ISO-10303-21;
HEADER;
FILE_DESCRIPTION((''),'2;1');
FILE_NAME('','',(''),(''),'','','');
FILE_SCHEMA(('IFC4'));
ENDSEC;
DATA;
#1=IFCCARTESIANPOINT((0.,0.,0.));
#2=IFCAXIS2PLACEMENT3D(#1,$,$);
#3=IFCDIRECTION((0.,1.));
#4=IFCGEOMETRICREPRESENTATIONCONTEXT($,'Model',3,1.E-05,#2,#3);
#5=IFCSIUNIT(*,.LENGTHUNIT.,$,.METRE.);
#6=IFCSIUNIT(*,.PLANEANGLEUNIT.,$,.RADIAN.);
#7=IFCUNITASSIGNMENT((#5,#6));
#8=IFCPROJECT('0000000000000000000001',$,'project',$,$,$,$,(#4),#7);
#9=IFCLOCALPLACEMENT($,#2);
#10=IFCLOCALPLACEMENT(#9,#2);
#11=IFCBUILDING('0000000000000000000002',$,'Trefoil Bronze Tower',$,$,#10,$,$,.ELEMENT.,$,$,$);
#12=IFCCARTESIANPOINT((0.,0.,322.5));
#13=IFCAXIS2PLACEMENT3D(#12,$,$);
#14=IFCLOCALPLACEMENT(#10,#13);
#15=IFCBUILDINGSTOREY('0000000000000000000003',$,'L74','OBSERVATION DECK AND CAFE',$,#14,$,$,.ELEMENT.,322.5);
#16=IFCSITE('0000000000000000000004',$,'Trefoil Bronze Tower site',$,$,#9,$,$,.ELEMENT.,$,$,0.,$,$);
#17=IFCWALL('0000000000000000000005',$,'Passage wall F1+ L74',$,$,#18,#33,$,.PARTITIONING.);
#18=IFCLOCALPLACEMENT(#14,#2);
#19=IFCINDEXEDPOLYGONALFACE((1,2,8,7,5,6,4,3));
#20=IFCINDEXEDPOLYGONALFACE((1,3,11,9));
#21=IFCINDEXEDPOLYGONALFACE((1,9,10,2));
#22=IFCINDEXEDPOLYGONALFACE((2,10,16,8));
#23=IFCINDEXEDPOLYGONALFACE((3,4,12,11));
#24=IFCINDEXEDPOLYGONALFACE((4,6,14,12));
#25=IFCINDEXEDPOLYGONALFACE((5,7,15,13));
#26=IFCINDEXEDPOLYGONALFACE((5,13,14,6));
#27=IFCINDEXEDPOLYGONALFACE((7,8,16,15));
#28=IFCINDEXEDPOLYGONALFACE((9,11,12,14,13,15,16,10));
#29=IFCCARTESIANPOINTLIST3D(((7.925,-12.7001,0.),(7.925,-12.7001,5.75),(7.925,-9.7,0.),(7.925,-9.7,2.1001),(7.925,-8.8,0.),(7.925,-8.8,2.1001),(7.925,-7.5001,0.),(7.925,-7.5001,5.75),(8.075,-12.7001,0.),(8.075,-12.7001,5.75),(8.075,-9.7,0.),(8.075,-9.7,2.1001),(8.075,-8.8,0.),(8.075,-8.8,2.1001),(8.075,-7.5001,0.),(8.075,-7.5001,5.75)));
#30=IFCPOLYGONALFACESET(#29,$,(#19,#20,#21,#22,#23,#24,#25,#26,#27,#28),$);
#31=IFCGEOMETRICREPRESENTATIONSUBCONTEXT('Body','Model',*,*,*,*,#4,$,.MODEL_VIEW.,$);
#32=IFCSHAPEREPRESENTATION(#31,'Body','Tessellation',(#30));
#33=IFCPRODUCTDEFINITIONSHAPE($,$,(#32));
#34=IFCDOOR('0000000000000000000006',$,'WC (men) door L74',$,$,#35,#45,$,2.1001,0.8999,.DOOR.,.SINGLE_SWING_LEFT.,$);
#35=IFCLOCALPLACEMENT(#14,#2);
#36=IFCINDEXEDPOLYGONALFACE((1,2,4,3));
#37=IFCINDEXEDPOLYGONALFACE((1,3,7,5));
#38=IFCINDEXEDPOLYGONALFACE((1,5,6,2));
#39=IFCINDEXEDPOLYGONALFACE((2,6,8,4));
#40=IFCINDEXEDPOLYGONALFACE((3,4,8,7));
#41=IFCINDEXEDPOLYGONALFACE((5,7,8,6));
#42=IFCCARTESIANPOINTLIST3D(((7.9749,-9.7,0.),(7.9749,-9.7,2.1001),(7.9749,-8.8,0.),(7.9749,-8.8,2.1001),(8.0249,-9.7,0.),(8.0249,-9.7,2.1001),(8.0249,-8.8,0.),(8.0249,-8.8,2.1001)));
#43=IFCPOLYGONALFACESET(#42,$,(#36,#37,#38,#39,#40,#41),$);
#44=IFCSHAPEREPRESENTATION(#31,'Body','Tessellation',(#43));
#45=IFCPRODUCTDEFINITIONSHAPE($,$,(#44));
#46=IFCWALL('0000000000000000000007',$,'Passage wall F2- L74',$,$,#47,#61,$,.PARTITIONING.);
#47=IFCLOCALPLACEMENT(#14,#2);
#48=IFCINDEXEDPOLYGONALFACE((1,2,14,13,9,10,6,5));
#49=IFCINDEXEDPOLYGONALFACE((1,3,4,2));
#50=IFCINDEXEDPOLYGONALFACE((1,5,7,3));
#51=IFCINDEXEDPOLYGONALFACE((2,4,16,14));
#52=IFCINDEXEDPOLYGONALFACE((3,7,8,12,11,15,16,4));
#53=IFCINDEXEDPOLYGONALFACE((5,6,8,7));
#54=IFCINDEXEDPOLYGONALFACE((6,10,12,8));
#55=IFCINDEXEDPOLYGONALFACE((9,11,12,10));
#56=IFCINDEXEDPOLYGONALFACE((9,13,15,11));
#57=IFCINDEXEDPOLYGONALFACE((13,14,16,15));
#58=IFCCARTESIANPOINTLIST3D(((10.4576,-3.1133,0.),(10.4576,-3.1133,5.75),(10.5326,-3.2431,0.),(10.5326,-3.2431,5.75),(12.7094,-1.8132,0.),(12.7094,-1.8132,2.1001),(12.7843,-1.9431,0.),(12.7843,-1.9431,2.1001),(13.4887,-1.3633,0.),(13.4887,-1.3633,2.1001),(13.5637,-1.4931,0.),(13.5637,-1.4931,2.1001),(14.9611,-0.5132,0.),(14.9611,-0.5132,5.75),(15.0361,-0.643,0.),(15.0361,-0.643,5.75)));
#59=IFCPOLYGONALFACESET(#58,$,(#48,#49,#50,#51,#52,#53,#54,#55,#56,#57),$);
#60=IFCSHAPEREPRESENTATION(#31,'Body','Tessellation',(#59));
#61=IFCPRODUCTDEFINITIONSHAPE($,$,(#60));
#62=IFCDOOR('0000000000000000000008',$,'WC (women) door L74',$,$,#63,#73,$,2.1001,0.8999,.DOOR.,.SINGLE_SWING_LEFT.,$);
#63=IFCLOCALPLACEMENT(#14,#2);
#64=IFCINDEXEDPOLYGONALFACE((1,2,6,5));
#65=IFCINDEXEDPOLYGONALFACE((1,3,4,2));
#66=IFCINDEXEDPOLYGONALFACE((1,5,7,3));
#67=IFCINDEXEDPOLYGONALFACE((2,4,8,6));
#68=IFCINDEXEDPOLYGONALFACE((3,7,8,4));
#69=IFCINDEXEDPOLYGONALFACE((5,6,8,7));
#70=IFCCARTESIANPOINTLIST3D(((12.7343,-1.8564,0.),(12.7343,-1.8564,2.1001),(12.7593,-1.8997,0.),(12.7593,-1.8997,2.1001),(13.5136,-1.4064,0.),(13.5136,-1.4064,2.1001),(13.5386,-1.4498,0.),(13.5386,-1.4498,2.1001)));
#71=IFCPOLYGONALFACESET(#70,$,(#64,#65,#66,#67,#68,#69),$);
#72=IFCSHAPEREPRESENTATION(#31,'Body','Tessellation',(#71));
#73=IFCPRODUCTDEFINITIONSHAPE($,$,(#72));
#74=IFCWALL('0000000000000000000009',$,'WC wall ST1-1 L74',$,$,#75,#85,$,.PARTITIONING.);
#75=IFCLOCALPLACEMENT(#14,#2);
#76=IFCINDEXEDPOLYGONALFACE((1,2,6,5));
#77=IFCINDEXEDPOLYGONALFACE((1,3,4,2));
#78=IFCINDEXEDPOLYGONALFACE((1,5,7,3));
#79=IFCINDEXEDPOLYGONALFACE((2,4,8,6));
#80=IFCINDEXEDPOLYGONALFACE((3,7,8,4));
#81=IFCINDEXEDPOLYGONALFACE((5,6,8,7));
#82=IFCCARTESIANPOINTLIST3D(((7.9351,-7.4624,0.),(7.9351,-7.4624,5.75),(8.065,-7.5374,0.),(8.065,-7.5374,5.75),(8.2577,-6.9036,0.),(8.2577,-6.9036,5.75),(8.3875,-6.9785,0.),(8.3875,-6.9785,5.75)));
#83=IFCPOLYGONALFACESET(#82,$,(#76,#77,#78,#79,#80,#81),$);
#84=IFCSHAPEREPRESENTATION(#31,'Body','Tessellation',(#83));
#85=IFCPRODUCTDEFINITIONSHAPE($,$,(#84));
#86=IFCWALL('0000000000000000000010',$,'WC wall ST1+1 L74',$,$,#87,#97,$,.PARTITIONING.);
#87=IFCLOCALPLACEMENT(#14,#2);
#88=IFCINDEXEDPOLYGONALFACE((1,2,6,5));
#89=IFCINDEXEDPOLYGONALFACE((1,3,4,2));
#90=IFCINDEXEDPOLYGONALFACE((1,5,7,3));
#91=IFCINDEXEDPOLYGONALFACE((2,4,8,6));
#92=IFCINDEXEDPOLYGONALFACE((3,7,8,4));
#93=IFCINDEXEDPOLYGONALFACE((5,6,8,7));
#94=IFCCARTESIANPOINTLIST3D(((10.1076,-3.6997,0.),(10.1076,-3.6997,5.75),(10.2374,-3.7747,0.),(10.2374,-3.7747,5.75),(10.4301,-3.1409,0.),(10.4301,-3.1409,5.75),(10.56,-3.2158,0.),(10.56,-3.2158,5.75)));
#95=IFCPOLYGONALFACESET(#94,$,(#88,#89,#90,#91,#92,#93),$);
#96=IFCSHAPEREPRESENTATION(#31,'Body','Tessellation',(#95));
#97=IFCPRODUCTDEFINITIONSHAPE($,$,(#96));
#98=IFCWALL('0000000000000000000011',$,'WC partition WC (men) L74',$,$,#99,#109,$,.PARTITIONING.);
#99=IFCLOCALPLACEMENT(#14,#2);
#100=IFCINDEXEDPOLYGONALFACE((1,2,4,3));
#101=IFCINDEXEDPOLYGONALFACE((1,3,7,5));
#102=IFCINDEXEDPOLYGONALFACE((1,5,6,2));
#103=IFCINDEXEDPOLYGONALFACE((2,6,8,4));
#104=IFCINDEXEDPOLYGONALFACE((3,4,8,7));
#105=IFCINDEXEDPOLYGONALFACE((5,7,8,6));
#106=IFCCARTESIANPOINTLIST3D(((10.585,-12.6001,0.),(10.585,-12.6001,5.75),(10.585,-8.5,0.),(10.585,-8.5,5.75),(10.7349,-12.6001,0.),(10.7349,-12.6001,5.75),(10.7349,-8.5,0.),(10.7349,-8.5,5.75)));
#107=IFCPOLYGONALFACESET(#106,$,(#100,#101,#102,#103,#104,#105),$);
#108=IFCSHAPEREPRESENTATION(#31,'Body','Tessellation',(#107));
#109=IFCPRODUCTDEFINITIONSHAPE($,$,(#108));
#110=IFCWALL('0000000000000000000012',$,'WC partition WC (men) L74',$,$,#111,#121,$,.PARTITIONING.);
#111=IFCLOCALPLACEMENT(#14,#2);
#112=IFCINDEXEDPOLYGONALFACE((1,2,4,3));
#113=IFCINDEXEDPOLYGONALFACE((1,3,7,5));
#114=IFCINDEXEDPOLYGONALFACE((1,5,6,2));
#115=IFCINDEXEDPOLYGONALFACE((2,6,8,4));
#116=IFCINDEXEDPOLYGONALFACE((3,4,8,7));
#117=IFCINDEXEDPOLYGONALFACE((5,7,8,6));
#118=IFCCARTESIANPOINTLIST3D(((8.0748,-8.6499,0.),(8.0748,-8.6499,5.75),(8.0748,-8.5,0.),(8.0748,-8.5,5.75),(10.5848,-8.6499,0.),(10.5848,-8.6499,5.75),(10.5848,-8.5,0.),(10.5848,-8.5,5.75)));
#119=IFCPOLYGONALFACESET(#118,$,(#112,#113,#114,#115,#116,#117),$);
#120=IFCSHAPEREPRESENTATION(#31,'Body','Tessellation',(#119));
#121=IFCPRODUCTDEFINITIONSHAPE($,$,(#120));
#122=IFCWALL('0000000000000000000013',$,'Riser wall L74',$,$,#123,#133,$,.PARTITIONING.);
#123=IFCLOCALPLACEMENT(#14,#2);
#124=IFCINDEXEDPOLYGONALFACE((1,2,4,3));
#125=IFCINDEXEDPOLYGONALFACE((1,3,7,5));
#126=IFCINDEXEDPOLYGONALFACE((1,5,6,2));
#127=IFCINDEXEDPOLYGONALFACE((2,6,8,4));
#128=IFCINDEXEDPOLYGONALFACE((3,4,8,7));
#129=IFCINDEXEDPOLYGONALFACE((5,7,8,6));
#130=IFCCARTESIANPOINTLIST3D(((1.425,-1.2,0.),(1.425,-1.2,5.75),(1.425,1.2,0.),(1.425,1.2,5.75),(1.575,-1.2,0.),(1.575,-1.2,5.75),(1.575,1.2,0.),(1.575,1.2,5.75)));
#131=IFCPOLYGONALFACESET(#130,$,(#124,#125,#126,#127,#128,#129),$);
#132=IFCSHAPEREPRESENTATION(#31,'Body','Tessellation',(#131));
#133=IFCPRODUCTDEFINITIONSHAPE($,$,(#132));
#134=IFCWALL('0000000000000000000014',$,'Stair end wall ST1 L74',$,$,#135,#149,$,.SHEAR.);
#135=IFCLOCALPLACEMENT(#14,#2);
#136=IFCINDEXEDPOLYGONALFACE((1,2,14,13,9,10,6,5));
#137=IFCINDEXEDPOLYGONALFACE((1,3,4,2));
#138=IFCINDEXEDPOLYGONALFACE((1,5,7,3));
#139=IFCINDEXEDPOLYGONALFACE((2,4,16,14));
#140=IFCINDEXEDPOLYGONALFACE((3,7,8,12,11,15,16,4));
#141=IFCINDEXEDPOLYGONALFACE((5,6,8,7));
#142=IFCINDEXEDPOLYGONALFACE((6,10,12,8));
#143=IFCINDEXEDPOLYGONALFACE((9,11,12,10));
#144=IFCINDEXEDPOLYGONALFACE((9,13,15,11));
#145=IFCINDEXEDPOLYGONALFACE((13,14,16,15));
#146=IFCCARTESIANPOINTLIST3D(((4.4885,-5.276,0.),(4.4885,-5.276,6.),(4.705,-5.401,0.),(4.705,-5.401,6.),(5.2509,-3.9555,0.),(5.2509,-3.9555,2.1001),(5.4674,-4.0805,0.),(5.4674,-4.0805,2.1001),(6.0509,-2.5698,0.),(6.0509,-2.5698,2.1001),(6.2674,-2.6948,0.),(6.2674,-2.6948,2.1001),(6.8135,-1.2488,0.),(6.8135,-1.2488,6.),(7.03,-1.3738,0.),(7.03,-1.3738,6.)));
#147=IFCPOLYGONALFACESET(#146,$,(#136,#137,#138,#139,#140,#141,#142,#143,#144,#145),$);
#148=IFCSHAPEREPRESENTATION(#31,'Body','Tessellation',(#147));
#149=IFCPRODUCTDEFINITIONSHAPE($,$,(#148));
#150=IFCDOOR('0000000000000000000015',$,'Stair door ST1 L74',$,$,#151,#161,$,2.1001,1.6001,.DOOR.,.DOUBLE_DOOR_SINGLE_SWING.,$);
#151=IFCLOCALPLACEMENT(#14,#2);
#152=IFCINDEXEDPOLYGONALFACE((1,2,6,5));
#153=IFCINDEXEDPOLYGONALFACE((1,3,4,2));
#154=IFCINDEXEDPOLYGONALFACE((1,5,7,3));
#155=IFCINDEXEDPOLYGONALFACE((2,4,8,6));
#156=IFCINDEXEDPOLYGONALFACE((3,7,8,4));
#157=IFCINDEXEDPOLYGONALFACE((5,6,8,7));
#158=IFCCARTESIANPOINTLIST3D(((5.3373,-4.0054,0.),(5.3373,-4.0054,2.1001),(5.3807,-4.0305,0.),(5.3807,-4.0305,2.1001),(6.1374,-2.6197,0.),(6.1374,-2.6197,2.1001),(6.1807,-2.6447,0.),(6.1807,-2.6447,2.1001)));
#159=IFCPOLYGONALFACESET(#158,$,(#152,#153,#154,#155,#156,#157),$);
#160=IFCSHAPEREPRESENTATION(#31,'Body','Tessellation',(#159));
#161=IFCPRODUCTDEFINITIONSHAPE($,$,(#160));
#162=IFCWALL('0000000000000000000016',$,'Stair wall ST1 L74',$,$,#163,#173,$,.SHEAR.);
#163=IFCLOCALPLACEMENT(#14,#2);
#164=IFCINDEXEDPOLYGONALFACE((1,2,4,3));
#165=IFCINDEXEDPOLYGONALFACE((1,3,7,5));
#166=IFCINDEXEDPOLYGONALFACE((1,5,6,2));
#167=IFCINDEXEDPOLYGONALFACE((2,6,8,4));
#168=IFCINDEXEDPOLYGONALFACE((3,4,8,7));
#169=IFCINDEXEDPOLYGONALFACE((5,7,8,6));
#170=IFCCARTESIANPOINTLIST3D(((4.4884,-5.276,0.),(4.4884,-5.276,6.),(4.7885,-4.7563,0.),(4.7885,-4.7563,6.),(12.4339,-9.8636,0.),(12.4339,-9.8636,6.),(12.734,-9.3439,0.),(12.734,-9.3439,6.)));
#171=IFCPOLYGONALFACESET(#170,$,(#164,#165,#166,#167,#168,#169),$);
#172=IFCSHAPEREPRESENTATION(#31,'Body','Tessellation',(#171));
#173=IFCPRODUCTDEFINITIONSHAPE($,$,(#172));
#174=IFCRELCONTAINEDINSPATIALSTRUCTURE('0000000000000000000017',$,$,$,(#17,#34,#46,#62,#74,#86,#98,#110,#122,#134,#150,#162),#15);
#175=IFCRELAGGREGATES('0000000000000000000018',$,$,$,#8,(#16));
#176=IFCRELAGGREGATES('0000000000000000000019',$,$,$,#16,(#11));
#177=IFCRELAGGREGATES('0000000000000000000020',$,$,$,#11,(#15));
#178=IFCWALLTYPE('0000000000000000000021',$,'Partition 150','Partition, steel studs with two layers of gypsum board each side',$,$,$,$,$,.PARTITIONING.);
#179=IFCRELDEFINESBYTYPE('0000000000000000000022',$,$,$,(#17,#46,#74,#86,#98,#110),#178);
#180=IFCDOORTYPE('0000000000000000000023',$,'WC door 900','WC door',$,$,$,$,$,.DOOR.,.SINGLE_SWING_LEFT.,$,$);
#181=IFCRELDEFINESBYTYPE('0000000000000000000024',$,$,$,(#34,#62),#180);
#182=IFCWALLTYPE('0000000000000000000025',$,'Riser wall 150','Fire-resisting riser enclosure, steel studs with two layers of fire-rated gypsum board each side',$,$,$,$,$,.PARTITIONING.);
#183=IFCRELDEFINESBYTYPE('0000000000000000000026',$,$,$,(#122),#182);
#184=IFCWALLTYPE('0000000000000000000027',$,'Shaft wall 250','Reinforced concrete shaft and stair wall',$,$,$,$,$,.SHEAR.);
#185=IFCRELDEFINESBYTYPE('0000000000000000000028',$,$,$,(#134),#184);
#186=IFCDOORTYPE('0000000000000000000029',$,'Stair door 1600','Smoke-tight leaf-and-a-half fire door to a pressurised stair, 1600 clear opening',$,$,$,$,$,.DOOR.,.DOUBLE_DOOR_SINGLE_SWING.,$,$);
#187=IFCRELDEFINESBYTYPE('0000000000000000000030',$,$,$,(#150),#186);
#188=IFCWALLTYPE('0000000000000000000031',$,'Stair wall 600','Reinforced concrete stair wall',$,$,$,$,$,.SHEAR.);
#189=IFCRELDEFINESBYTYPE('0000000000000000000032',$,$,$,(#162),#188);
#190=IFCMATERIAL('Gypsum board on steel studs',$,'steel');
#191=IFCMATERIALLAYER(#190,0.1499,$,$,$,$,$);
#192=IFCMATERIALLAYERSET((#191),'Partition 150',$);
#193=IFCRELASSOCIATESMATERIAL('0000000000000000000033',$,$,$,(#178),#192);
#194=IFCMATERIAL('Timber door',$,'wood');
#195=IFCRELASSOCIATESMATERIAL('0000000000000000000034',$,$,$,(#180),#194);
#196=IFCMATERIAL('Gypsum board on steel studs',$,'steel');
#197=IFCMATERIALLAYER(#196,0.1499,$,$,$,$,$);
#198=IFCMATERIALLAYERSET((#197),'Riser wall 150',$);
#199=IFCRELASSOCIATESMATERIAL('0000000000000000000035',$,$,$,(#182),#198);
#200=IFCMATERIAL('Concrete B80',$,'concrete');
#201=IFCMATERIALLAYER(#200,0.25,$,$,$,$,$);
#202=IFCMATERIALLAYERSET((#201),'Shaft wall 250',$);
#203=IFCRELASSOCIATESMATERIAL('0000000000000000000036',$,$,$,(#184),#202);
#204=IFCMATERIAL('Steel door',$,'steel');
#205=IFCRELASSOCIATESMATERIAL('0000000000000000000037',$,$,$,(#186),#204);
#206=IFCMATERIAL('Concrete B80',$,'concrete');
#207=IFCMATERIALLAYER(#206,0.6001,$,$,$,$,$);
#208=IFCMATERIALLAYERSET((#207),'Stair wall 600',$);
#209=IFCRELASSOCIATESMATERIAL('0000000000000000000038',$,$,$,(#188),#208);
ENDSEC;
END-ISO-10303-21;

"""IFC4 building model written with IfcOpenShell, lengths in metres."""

from ifc_helpers import new_model, si_unit, direction, frame, frame_2d, origin, place, context, subcontext, project, spatial, rectangle, extrude, material, layer, layer_set, type_object, element, fill, save


model = new_model("IFC4")

# Units and contexts
model_context = context("Model", 3, precision=1e-05, world=origin(), true_north=direction((0.0, 1.0)))
body_context = subcontext(model_context, "Body", "Model", "MODEL_VIEW")
ifc_project = project(units=[si_unit("LENGTHUNIT", "METRE"), si_unit("PLANEANGLEUNIT", "RADIAN")], contexts=[model_context])

# Site, building, storey
site_placement = place(None, origin())
site = spatial("IfcSite", under=ifc_project, at=site_placement, Name="Trefoil Bronze Tower site", CompositionType="ELEMENT", RefElevation=0.0)
building_placement = place(site_placement, origin())
building = spatial("IfcBuilding", under=site, at=building_placement, Name="Trefoil Bronze Tower", CompositionType="ELEMENT")
storey_placement = place(building_placement, frame((0.0, 0.0, 322.5)))
storey = spatial("IfcBuildingStorey", under=building, at=storey_placement, Name="L74", Description="OBSERVATION DECK AND CAFE", CompositionType="ELEMENT", Elevation=322.5)

# Walls, openings, doors
ifc_material_1 = material(Name="Gypsum board on steel studs", Category="steel")
ifc_layer_1 = layer(ifc_material_1, 0.1499)
ifc_layer_set_1 = layer_set([ifc_layer_1], Name="Partition 150")
wall_type_1 = type_object("IfcWallType", Name="Partition 150", Description="Partition, steel studs with two layers of gypsum board each side", PredefinedType="PARTITIONING", material=ifc_layer_set_1)
wall_1_placement = place(storey_placement, frame((8.0, -7.5, 0.0), z_axis=(0.0, 0.0, 1.0), x_axis=(0.0, -1.0, 0.0)))
wall_1 = element("IfcWall", 1, at=wall_1_placement, inside=storey, type_object=wall_type_1, Name="Passage wall F1+ L74", PredefinedType="PARTITIONING", context=body_context, shape_type="SweptSolid", body=[
    extrude(rectangle(XDim=5.2, YDim=0.1499, at=frame_2d((2.6001, 0.0))), origin(), (0.0, 0.0, 1.0), 5.75),
])
opening_1_placement = place(wall_1_placement, frame((1.3, 0.0, 0.0)))
opening_1 = element("IfcOpeningElement", 2, at=opening_1_placement, cuts=wall_1, PredefinedType="OPENING", context=body_context, shape_type="SweptSolid", body=[
    extrude(rectangle(XDim=0.8999, YDim=2.1001, at=frame_2d((0.45, 1.05))), frame((0.0, 0.085, 0.0), z_axis=(0.0, -1.0, 0.0), x_axis=(1.0, 0.0, 0.0)), (0.0, 0.0, 1.0), 0.1699),
])
ifc_material_2 = material(Name="Timber door", Category="wood")
door_type_1 = type_object("IfcDoorType", Name="WC door 900", Description="WC door", OperationType="SINGLE_SWING_LEFT", PredefinedType="DOOR", material=ifc_material_2)
door_1_placement = place(opening_1_placement, origin())
door_1 = element("IfcDoor", 3, at=door_1_placement, inside=storey, type_object=door_type_1, Name="WC (men) door L74", OperationType="SINGLE_SWING_LEFT", OverallHeight=2.1001, OverallWidth=0.8999, PredefinedType="DOOR", context=body_context, shape_type="SweptSolid", body=[
    extrude(rectangle(XDim=0.8999, YDim=2.1001, at=frame_2d((0.45, 1.05))), frame((0.0, 0.0249, 0.0), z_axis=(0.0, -1.0, 0.0), x_axis=(1.0, 0.0, 0.0)), (0.0, 0.0, 1.0), 0.05),
])
fill(opening_1, door_1)
wall_2_placement = place(storey_placement, frame((10.4951, -3.1782, 0.0), z_axis=(0.0, 0.0, 1.0), x_axis=(0.866021, 0.500007, 0.0)))
wall_2 = element("IfcWall", 4, at=wall_2_placement, inside=storey, type_object=wall_type_1, Name="Passage wall F2- L74", PredefinedType="PARTITIONING", context=body_context, shape_type="SweptSolid", body=[
    extrude(rectangle(XDim=5.2002, YDim=0.1499, at=frame_2d((2.6001, 0.0))), origin(), (0.0, 0.0, 1.0), 5.75),
])
opening_2_placement = place(wall_2_placement, frame((2.6001, 0.0, 0.0)))
opening_2 = element("IfcOpeningElement", 5, at=opening_2_placement, cuts=wall_2, PredefinedType="OPENING", context=body_context, shape_type="SweptSolid", body=[
    extrude(rectangle(XDim=0.8999, YDim=2.1001, at=frame_2d((0.45, 1.05))), frame((0.0, 0.085, 0.0), z_axis=(0.0, -1.0, 0.0), x_axis=(1.0, 0.0, 0.0)), (0.0, 0.0, 1.0), 0.1699),
])
door_2_placement = place(opening_2_placement, frame((0.8999, 0.0, 0.0), z_axis=(0.0, 0.0, 1.0), x_axis=(-1.0, 0.0, 0.0)))
door_2 = element("IfcDoor", 6, at=door_2_placement, inside=storey, type_object=door_type_1, Name="WC (women) door L74", OperationType="SINGLE_SWING_LEFT", OverallHeight=2.1001, OverallWidth=0.8999, PredefinedType="DOOR", context=body_context, shape_type="SweptSolid", body=[
    extrude(rectangle(XDim=0.8999, YDim=2.1001, at=frame_2d((0.45, 1.05))), frame((0.0, 0.0249, 0.0), z_axis=(0.0, -1.0, 0.0), x_axis=(1.0, 0.0, 0.0)), (0.0, 0.0, 1.0), 0.05),
])
fill(opening_2, door_2)

# Walls
for number, where, z_axis, x_axis, name in (
    (7, (8.0, -7.5, 0.0), (0.0, 0.0, 1.0), (0.499843, 0.866116, 0.0), "WC wall ST1-1 L74"),
    (8, (10.4951, -3.1782, 0.0), (0.0, 0.0, 1.0), (-0.499843, -0.866116, 0.0), "WC wall ST1+1 L74"),
):
    element("IfcWall", number, at=place(storey_placement, frame(where, z_axis=z_axis, x_axis=x_axis)), inside=storey, type_object=wall_type_1, Name=name, PredefinedType="PARTITIONING", context=body_context, shape_type="SweptSolid", body=[
        extrude(rectangle(XDim=0.6453, YDim=0.1499, at=frame_2d((0.3228, 0.0))), origin(), (0.0, 0.0, 1.0), 5.75),
    ])
wall_3_placement = place(storey_placement, frame((10.6599, -8.5, 0.0), z_axis=(0.0, 0.0, 1.0), x_axis=(0.0, -1.0, 0.0)))
element("IfcWall", 9, at=wall_3_placement, inside=storey, type_object=wall_type_1, Name="WC partition WC (men) L74", PredefinedType="PARTITIONING", context=body_context, shape_type="SweptSolid", body=[
    extrude(rectangle(XDim=4.1001, YDim=0.1499, at=frame_2d((2.05, 0.0))), origin(), (0.0, 0.0, 1.0), 5.75),
])
wall_4_placement = place(storey_placement, frame((8.075, -8.575, 0.0), z_axis=(0.0, 0.0, 1.0), x_axis=(1.0, 0.0, 0.0)))
element("IfcWall", 10, at=wall_4_placement, inside=storey, type_object=wall_type_1, Name="WC partition WC (men) L74", PredefinedType="PARTITIONING", context=body_context, shape_type="SweptSolid", body=[
    extrude(rectangle(XDim=2.51, YDim=0.1499, at=frame_2d((1.2549, 0.0))), origin(), (0.0, 0.0, 1.0), 5.75),
])
ifc_material_3 = material(Name="Gypsum board on steel studs", Category="steel")
ifc_layer_2 = layer(ifc_material_3, 0.1499)
ifc_layer_set_2 = layer_set([ifc_layer_2], Name="Riser wall 150")
wall_type_2 = type_object("IfcWallType", Name="Riser wall 150", Description="Fire-resisting riser enclosure, steel studs with two layers of fire-rated gypsum board each side", PredefinedType="PARTITIONING", material=ifc_layer_set_2)
wall_5_placement = place(storey_placement, frame((1.5, -1.2, 0.0), z_axis=(0.0, 0.0, 1.0), x_axis=(0.0, 1.0, 0.0)))
element("IfcWall", 11, at=wall_5_placement, inside=storey, type_object=wall_type_2, Name="Riser wall L74", PredefinedType="PARTITIONING", context=body_context, shape_type="SweptSolid", body=[
    extrude(rectangle(XDim=2.3999, YDim=0.1499, at=frame_2d((1.2, 0.0))), origin(), (0.0, 0.0, 1.0), 5.75),
])

# Wall, opening, door
ifc_material_4 = material(Name="Concrete B80", Category="concrete")
ifc_layer_3 = layer(ifc_material_4, 0.25)
ifc_layer_set_3 = layer_set([ifc_layer_3], Name="Shaft wall 250")
wall_type_3 = type_object("IfcWallType", Name="Shaft wall 250", Description="Reinforced concrete shaft and stair wall", PredefinedType="SHEAR", material=ifc_layer_set_3)
wall_6_placement = place(storey_placement, frame((4.5967, -5.3386, 0.0), z_axis=(0.0, 0.0, 1.0), x_axis=(0.499985, 0.866034, 0.0)))
wall_6 = element("IfcWall", 12, at=wall_6_placement, inside=storey, type_object=wall_type_3, Name="Stair end wall ST1 L74", PredefinedType="SHEAR", context=body_context, shape_type="SweptSolid", body=[
    extrude(rectangle(XDim=4.6501, YDim=0.25, at=frame_2d((2.3252, 0.0))), origin(), (0.0, 0.0, 1.0), 6.0),
])
opening_3_placement = place(wall_6_placement, frame((1.5249, 0.0, 0.0)))
opening_3 = element("IfcOpeningElement", 13, at=opening_3_placement, cuts=wall_6, PredefinedType="OPENING", context=body_context, shape_type="SweptSolid", body=[
    extrude(rectangle(XDim=1.6001, YDim=2.1001, at=frame_2d((0.8, 1.05))), frame((0.0, 0.135, 0.0), z_axis=(0.0, -1.0, 0.0), x_axis=(1.0, 0.0, 0.0)), (0.0, 0.0, 1.0), 0.27),
])
ifc_material_5 = material(Name="Steel door", Category="steel")
door_type_2 = type_object("IfcDoorType", Name="Stair door 1600", Description="Smoke-tight leaf-and-a-half fire door to a pressurised stair, 1600 clear opening", OperationType="DOUBLE_DOOR_SINGLE_SWING", PredefinedType="DOOR", material=ifc_material_5)
door_3_placement = place(opening_3_placement, frame((1.6001, 0.0, 0.0), z_axis=(0.0, 0.0, 1.0), x_axis=(-1.0, 0.0, 0.0)))
door_3 = element("IfcDoor", 14, at=door_3_placement, inside=storey, type_object=door_type_2, Name="Stair door ST1 L74", OperationType="DOUBLE_DOOR_SINGLE_SWING", OverallHeight=2.1001, OverallWidth=1.6001, PredefinedType="DOOR", context=body_context, shape_type="SweptSolid", body=[
    extrude(rectangle(XDim=1.6001, YDim=2.1001, at=frame_2d((0.8, 1.05))), frame((0.0, 0.0249, 0.0), z_axis=(0.0, -1.0, 0.0), x_axis=(1.0, 0.0, 0.0)), (0.0, 0.0, 1.0), 0.05),
])
fill(opening_3, door_3)

# Wall
ifc_material_6 = material(Name="Concrete B80", Category="concrete")
ifc_layer_4 = layer(ifc_material_6, 0.6001)
ifc_layer_set_4 = layer_set([ifc_layer_4], Name="Stair wall 600")
wall_type_4 = type_object("IfcWallType", Name="Stair wall 600", Description="Reinforced concrete stair wall", PredefinedType="SHEAR", material=ifc_layer_set_4)
wall_7_placement = place(storey_placement, frame((4.6384, -5.0161, 0.0), z_axis=(0.0, 0.0, 1.0), x_axis=(0.866012, -0.500023, 0.0)))
element("IfcWall", 15, at=wall_7_placement, inside=storey, type_object=wall_type_4, Name="Stair wall ST1 L74", PredefinedType="SHEAR", context=body_context, shape_type="SweptSolid", body=[
    extrude(rectangle(XDim=9.1748, YDim=0.6001, at=frame_2d((4.5874, 0.0))), origin(), (0.0, 0.0, 1.0), 6.0),
])

save(model, "model.ifc")
